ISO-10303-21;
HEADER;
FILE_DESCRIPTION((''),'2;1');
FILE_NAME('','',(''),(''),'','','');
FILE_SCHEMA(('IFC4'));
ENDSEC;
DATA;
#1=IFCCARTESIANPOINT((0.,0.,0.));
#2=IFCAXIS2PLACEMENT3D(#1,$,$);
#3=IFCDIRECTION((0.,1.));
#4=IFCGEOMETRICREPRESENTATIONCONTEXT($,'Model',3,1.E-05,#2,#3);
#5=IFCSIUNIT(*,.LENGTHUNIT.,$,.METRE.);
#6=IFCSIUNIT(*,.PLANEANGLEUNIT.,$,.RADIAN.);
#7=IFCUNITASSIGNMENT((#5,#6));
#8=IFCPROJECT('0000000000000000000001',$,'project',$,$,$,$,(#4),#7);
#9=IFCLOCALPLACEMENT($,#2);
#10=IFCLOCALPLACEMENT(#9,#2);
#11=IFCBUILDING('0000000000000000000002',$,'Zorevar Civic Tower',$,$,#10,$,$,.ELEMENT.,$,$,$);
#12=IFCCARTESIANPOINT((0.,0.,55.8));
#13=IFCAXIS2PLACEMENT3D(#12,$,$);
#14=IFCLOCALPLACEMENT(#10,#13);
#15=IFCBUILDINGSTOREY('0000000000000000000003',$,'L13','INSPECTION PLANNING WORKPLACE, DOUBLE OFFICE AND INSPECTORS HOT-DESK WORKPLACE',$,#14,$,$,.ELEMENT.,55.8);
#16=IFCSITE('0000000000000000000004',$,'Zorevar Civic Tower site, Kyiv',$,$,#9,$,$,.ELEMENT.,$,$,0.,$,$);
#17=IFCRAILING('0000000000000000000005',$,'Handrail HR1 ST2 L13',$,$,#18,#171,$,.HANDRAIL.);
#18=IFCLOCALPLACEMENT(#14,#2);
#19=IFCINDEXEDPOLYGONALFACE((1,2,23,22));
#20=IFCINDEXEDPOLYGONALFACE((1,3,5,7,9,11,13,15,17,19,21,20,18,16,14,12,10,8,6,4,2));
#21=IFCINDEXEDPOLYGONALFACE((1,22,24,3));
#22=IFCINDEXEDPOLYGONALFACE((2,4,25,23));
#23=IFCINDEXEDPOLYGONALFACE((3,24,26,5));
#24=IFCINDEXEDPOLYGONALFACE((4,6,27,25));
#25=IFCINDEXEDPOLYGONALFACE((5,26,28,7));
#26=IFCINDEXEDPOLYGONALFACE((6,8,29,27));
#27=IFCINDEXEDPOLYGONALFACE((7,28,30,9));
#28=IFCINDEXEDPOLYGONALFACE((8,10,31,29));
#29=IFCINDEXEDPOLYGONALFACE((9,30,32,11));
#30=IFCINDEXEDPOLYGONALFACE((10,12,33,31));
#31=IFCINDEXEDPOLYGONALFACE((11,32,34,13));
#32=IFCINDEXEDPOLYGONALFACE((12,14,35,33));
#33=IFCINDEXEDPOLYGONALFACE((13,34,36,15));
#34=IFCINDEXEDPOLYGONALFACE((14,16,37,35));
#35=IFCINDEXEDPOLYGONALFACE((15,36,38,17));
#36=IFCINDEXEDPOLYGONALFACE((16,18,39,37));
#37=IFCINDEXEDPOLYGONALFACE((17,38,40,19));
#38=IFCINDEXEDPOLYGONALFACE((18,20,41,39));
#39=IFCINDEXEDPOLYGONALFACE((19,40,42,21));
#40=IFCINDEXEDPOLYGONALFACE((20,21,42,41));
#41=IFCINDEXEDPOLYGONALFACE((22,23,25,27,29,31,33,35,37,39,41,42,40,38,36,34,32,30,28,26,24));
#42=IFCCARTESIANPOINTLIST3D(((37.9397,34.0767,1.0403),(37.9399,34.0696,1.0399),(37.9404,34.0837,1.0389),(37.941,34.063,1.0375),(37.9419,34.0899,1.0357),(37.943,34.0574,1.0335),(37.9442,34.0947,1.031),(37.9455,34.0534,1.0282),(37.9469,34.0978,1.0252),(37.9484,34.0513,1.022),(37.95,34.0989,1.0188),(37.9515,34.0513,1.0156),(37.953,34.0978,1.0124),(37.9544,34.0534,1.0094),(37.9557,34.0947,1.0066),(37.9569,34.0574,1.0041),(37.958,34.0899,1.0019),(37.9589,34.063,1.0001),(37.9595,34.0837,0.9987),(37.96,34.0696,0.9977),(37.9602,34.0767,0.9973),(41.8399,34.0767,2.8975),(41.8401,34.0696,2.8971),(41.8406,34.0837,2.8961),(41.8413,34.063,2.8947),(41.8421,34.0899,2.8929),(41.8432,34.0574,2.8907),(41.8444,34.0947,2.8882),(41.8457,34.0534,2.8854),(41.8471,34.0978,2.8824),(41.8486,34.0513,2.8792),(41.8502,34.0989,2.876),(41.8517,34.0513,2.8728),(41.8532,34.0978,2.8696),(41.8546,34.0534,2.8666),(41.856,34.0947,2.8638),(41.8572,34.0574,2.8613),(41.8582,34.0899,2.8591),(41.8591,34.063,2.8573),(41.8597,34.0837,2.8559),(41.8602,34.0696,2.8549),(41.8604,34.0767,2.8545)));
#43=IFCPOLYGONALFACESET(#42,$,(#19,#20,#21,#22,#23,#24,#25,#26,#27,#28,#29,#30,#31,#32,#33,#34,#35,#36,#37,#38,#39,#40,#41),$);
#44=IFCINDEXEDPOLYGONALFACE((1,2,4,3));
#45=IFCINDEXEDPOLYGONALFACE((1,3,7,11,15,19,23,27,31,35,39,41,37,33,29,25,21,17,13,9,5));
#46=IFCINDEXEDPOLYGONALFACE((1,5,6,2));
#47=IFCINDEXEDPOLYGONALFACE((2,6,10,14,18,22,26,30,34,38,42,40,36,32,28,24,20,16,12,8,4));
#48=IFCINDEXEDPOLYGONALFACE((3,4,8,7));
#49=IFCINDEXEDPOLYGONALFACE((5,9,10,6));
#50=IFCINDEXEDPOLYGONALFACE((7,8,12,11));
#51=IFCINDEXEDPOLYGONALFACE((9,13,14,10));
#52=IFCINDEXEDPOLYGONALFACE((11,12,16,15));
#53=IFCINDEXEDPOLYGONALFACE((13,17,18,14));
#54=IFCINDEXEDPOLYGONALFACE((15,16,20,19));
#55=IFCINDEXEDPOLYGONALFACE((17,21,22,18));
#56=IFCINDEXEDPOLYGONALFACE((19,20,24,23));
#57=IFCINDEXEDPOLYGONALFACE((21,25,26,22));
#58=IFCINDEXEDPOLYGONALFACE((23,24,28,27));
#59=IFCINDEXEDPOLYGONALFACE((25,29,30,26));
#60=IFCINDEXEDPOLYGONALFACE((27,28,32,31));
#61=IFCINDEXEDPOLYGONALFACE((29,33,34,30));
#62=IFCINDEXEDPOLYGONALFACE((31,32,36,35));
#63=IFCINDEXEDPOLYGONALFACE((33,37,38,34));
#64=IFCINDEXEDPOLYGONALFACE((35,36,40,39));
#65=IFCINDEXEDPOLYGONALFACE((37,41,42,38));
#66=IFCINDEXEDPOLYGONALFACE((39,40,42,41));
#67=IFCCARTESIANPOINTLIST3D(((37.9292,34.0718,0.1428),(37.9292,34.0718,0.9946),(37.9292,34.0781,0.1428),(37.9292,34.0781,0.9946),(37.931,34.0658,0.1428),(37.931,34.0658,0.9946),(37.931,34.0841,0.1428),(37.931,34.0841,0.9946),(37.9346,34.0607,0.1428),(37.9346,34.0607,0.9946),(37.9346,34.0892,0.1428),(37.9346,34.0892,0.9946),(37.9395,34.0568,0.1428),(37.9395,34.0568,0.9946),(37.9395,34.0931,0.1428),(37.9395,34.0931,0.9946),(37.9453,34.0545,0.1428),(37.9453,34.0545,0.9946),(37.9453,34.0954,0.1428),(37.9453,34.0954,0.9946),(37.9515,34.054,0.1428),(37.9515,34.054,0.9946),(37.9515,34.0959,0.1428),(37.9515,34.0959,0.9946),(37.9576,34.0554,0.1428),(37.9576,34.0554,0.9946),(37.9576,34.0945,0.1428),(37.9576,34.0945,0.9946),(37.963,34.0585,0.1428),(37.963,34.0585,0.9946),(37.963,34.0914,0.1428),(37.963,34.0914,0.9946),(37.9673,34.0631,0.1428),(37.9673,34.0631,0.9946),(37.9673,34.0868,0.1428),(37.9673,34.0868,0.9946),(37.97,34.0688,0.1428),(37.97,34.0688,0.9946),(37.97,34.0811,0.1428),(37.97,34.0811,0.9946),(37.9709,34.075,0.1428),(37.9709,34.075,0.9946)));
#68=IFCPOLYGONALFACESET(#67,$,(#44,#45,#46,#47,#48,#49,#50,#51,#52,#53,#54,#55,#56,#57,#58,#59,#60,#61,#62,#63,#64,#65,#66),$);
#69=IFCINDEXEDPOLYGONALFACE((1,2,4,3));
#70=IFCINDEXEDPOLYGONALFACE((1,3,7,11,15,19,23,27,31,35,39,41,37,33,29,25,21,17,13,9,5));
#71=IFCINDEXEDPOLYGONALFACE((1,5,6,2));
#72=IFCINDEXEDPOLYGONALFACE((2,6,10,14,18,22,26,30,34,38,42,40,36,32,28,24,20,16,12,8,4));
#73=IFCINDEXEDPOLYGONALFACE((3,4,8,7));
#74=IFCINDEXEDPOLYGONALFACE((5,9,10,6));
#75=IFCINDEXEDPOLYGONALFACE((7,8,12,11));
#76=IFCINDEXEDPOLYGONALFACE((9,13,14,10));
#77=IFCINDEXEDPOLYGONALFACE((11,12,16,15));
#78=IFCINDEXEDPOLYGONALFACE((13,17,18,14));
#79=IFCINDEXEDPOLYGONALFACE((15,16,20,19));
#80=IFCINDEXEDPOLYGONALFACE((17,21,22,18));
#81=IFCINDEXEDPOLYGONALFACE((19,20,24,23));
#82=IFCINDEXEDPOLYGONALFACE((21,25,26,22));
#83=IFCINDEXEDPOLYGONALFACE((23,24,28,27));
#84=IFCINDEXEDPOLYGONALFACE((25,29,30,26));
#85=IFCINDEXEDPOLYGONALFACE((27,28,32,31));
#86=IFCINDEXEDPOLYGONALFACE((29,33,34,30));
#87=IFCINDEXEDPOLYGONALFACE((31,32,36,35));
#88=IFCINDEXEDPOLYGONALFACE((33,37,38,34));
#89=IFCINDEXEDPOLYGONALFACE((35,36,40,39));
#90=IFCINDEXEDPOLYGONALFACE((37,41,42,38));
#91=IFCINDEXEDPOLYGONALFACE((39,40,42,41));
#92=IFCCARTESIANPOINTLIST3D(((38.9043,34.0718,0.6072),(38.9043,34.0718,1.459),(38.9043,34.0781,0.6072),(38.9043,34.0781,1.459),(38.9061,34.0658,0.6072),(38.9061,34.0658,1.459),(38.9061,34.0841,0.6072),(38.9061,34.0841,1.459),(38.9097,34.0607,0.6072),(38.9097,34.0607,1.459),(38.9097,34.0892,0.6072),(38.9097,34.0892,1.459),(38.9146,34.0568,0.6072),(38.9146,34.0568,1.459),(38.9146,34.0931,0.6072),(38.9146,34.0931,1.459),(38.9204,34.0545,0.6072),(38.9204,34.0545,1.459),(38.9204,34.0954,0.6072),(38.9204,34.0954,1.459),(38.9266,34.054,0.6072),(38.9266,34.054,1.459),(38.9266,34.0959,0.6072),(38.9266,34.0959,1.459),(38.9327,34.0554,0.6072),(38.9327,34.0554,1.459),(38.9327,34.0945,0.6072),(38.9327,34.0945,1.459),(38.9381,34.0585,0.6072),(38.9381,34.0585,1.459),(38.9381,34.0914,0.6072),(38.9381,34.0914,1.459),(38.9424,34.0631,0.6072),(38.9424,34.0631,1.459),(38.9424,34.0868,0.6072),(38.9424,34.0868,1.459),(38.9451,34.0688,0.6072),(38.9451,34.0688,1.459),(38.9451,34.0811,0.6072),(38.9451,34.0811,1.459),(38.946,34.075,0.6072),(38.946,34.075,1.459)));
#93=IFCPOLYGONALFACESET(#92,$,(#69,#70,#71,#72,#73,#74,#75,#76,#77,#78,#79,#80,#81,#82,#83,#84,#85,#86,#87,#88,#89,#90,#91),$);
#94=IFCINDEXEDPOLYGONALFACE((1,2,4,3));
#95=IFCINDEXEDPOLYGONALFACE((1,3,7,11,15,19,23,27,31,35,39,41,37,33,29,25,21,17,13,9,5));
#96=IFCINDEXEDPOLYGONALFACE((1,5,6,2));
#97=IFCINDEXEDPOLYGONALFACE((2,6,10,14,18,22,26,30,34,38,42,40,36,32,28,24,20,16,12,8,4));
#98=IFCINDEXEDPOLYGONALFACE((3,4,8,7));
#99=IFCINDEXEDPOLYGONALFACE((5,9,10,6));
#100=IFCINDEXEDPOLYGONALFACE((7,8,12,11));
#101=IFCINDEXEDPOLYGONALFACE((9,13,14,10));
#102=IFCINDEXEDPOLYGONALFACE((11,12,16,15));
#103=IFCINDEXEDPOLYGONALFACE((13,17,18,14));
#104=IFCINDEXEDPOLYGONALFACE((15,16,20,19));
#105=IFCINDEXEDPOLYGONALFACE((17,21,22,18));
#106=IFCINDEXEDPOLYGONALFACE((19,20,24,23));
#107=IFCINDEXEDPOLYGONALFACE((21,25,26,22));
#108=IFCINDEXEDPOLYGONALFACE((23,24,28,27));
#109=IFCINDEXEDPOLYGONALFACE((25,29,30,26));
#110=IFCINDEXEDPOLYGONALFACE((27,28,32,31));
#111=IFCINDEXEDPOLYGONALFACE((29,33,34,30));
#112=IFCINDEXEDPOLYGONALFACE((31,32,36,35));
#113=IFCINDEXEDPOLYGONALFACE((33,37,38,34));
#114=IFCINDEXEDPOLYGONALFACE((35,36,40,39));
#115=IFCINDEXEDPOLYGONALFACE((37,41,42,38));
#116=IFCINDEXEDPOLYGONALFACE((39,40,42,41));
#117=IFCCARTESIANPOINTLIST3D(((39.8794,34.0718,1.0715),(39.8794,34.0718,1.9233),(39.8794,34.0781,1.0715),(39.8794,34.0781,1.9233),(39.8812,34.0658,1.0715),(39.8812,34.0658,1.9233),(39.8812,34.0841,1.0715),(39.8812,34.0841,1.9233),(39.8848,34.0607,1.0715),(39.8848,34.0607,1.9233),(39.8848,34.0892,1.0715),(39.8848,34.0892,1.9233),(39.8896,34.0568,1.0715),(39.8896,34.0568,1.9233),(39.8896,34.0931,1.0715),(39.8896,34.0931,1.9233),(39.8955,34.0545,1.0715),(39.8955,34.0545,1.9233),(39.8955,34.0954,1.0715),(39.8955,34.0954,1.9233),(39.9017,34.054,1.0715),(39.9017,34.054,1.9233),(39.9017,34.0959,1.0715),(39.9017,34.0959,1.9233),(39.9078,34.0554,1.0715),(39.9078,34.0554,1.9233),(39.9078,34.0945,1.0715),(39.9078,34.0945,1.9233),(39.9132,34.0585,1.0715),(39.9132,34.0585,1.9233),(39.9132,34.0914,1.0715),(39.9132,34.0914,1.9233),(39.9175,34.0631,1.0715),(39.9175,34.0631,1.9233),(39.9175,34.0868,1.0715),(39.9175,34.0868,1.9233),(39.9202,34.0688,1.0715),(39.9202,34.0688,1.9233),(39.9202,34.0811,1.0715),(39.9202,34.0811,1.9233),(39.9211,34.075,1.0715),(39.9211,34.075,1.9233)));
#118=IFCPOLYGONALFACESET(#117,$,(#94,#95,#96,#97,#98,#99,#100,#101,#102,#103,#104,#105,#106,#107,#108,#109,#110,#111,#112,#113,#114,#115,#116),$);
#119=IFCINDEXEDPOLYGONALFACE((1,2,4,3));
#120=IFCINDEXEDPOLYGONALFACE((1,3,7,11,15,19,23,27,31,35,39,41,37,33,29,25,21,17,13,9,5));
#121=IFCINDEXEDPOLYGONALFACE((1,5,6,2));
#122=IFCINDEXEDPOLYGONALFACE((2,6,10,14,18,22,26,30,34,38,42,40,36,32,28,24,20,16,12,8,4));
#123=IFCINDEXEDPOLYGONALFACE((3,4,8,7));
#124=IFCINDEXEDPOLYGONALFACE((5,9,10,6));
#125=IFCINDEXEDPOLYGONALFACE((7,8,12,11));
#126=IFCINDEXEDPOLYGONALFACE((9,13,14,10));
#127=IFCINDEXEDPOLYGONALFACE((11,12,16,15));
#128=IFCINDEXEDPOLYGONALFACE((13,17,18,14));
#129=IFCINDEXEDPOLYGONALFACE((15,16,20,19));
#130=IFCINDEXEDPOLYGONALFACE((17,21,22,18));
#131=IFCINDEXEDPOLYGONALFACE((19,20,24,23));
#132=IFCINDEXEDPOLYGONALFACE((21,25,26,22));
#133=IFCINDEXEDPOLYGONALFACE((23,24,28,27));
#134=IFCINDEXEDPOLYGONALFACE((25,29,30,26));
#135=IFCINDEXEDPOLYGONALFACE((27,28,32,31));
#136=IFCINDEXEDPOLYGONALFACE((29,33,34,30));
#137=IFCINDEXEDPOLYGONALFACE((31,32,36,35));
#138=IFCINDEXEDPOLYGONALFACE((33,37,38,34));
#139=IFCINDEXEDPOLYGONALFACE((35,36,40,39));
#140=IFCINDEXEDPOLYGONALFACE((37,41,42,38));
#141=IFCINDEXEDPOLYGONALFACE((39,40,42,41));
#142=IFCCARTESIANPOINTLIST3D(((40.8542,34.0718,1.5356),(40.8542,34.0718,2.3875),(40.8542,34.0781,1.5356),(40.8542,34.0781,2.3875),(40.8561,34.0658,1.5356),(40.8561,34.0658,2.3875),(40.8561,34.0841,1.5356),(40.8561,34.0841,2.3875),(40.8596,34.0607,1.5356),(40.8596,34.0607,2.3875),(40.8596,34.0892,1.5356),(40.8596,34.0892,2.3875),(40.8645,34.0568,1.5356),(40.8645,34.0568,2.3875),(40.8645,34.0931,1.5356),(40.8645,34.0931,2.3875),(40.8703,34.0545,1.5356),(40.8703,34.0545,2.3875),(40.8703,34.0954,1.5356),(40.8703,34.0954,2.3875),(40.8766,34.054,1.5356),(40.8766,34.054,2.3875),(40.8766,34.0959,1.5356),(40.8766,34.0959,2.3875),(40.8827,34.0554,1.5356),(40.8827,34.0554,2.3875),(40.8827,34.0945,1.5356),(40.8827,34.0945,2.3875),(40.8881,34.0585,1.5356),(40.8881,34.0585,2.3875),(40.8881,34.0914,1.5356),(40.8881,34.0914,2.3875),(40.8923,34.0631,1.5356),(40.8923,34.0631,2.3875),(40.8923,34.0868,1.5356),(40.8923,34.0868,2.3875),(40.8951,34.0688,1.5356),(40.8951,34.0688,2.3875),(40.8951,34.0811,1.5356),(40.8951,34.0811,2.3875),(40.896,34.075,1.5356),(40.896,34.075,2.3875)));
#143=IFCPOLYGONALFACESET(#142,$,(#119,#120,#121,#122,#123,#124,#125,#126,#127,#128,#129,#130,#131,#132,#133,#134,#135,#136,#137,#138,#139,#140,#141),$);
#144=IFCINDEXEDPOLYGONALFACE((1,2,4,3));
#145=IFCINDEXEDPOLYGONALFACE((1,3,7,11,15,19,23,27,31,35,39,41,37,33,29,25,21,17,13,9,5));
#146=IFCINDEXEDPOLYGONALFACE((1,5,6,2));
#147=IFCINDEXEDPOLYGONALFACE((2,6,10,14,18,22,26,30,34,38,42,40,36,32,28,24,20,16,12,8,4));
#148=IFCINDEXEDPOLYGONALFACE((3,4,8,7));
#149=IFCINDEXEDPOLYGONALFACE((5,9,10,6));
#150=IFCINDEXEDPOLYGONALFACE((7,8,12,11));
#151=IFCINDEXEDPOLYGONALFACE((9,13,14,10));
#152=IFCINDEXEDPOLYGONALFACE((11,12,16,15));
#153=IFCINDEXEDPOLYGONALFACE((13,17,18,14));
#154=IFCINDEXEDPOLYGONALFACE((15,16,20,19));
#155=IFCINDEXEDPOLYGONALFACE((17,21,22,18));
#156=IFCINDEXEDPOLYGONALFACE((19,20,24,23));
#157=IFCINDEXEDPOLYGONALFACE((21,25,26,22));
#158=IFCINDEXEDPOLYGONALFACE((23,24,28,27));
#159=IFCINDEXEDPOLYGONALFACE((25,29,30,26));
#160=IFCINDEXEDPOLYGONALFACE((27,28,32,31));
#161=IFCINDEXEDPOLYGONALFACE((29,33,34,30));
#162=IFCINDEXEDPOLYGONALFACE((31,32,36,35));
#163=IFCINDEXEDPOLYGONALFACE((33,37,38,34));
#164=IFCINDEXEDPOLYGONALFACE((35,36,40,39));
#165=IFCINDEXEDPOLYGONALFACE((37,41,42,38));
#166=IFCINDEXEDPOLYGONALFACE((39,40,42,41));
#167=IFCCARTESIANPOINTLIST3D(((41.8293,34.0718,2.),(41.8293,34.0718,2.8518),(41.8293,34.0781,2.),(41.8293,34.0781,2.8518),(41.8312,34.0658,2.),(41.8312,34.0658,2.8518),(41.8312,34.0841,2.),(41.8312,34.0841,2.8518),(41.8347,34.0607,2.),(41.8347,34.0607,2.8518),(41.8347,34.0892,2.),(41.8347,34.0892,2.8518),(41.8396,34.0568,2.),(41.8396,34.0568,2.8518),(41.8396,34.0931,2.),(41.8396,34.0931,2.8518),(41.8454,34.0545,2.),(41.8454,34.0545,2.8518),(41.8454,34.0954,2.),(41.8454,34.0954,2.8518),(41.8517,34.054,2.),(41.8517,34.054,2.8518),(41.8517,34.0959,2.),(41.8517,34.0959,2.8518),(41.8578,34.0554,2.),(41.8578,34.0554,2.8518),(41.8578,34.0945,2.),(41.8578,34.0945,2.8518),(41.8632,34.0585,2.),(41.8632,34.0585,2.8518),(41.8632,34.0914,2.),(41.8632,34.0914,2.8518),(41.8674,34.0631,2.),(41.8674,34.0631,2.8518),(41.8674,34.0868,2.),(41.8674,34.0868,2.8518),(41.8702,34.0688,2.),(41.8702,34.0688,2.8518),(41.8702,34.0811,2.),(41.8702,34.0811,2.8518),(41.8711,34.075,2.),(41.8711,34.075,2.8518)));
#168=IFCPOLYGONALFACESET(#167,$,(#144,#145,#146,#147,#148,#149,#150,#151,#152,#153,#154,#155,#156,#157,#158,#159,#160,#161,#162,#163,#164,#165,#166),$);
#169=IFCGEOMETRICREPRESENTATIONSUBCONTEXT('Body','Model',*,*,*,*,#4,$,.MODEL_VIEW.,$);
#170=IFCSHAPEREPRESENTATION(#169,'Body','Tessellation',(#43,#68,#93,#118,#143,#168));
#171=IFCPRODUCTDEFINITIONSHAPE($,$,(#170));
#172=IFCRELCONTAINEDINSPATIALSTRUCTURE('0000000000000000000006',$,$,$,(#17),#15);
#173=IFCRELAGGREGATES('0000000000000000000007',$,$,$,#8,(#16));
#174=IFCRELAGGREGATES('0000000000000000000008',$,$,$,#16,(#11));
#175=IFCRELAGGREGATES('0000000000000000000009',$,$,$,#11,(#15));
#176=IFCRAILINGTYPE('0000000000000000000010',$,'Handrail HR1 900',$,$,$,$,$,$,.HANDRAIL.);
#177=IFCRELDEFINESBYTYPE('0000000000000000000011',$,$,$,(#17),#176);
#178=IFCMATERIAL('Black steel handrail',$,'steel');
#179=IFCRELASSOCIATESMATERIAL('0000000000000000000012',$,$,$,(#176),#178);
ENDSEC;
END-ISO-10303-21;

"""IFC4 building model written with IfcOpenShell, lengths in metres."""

from ifc_helpers import new_model, si_unit, direction, frame, origin, origin_2d, place, context, subcontext, project, spatial, circle, extrude, material, type_object, element, save


model = new_model("IFC4")

# Units and contexts
model_context = context("Model", 3, precision=1e-05, world=origin(), true_north=direction((0.0, 1.0)))
body_context = subcontext(model_context, "Body", "Model", "MODEL_VIEW")
ifc_project = project(units=[si_unit("LENGTHUNIT", "METRE"), si_unit("PLANEANGLEUNIT", "RADIAN")], contexts=[model_context])

# Site, building, storey
site_placement = place(None, origin())
site = spatial("IfcSite", under=ifc_project, at=site_placement, Name="Zorevar Civic Tower site, Kyiv", CompositionType="ELEMENT", RefElevation=0.0)
building_placement = place(site_placement, origin())
building = spatial("IfcBuilding", under=site, at=building_placement, Name="Zorevar Civic Tower", CompositionType="ELEMENT")
storey_placement = place(building_placement, frame((0.0, 0.0, 55.8)))
storey = spatial("IfcBuildingStorey", under=building, at=storey_placement, Name="L13", Description="INSPECTION PLANNING WORKPLACE, DOUBLE OFFICE AND INSPECTORS HOT-DESK WORKPLACE", CompositionType="ELEMENT", Elevation=55.8)

# Railing
ifc_material_1 = material(Name="Black steel handrail", Category="steel")
railing_type = type_object("IfcRailingType", Name="Handrail HR1 900", PredefinedType="HANDRAIL", material=ifc_material_1)
railing_1_placement = place(storey_placement, frame((37.95, 34.075, 0.1428)))
element("IfcRailing", 1, at=railing_1_placement, inside=storey, type_object=railing_type, Name="Handrail HR1 ST2 L13", PredefinedType="HANDRAIL", context=body_context, shape_type="SweptSolid", body=[
    extrude(circle(Radius=0.0239, at=origin_2d()), frame((0.0, 0.0, 0.876), z_axis=(0.902864, 0.0, 0.429927), x_axis=(0.0, 1.0, 0.0)), (0.0, 0.0, 1.0), 4.3198),
    extrude(circle(Radius=0.021, at=origin_2d()), origin(), (0.0, 0.0, 1.0), 0.8518),
    extrude(circle(Radius=0.021, at=origin_2d()), frame((0.9751, 0.0, 0.4644)), (0.0, 0.0, 1.0), 0.8518),
    extrude(circle(Radius=0.021, at=origin_2d()), frame((1.9502, 0.0, 0.9287)), (0.0, 0.0, 1.0), 0.8518),
    extrude(circle(Radius=0.021, at=origin_2d()), frame((2.925, 0.0, 1.3928)), (0.0, 0.0, 1.0), 0.8518),
    extrude(circle(Radius=0.021, at=origin_2d()), frame((3.9001, 0.0, 1.8572)), (0.0, 0.0, 1.0), 0.8518),
])

save(model, "model.ifc")
